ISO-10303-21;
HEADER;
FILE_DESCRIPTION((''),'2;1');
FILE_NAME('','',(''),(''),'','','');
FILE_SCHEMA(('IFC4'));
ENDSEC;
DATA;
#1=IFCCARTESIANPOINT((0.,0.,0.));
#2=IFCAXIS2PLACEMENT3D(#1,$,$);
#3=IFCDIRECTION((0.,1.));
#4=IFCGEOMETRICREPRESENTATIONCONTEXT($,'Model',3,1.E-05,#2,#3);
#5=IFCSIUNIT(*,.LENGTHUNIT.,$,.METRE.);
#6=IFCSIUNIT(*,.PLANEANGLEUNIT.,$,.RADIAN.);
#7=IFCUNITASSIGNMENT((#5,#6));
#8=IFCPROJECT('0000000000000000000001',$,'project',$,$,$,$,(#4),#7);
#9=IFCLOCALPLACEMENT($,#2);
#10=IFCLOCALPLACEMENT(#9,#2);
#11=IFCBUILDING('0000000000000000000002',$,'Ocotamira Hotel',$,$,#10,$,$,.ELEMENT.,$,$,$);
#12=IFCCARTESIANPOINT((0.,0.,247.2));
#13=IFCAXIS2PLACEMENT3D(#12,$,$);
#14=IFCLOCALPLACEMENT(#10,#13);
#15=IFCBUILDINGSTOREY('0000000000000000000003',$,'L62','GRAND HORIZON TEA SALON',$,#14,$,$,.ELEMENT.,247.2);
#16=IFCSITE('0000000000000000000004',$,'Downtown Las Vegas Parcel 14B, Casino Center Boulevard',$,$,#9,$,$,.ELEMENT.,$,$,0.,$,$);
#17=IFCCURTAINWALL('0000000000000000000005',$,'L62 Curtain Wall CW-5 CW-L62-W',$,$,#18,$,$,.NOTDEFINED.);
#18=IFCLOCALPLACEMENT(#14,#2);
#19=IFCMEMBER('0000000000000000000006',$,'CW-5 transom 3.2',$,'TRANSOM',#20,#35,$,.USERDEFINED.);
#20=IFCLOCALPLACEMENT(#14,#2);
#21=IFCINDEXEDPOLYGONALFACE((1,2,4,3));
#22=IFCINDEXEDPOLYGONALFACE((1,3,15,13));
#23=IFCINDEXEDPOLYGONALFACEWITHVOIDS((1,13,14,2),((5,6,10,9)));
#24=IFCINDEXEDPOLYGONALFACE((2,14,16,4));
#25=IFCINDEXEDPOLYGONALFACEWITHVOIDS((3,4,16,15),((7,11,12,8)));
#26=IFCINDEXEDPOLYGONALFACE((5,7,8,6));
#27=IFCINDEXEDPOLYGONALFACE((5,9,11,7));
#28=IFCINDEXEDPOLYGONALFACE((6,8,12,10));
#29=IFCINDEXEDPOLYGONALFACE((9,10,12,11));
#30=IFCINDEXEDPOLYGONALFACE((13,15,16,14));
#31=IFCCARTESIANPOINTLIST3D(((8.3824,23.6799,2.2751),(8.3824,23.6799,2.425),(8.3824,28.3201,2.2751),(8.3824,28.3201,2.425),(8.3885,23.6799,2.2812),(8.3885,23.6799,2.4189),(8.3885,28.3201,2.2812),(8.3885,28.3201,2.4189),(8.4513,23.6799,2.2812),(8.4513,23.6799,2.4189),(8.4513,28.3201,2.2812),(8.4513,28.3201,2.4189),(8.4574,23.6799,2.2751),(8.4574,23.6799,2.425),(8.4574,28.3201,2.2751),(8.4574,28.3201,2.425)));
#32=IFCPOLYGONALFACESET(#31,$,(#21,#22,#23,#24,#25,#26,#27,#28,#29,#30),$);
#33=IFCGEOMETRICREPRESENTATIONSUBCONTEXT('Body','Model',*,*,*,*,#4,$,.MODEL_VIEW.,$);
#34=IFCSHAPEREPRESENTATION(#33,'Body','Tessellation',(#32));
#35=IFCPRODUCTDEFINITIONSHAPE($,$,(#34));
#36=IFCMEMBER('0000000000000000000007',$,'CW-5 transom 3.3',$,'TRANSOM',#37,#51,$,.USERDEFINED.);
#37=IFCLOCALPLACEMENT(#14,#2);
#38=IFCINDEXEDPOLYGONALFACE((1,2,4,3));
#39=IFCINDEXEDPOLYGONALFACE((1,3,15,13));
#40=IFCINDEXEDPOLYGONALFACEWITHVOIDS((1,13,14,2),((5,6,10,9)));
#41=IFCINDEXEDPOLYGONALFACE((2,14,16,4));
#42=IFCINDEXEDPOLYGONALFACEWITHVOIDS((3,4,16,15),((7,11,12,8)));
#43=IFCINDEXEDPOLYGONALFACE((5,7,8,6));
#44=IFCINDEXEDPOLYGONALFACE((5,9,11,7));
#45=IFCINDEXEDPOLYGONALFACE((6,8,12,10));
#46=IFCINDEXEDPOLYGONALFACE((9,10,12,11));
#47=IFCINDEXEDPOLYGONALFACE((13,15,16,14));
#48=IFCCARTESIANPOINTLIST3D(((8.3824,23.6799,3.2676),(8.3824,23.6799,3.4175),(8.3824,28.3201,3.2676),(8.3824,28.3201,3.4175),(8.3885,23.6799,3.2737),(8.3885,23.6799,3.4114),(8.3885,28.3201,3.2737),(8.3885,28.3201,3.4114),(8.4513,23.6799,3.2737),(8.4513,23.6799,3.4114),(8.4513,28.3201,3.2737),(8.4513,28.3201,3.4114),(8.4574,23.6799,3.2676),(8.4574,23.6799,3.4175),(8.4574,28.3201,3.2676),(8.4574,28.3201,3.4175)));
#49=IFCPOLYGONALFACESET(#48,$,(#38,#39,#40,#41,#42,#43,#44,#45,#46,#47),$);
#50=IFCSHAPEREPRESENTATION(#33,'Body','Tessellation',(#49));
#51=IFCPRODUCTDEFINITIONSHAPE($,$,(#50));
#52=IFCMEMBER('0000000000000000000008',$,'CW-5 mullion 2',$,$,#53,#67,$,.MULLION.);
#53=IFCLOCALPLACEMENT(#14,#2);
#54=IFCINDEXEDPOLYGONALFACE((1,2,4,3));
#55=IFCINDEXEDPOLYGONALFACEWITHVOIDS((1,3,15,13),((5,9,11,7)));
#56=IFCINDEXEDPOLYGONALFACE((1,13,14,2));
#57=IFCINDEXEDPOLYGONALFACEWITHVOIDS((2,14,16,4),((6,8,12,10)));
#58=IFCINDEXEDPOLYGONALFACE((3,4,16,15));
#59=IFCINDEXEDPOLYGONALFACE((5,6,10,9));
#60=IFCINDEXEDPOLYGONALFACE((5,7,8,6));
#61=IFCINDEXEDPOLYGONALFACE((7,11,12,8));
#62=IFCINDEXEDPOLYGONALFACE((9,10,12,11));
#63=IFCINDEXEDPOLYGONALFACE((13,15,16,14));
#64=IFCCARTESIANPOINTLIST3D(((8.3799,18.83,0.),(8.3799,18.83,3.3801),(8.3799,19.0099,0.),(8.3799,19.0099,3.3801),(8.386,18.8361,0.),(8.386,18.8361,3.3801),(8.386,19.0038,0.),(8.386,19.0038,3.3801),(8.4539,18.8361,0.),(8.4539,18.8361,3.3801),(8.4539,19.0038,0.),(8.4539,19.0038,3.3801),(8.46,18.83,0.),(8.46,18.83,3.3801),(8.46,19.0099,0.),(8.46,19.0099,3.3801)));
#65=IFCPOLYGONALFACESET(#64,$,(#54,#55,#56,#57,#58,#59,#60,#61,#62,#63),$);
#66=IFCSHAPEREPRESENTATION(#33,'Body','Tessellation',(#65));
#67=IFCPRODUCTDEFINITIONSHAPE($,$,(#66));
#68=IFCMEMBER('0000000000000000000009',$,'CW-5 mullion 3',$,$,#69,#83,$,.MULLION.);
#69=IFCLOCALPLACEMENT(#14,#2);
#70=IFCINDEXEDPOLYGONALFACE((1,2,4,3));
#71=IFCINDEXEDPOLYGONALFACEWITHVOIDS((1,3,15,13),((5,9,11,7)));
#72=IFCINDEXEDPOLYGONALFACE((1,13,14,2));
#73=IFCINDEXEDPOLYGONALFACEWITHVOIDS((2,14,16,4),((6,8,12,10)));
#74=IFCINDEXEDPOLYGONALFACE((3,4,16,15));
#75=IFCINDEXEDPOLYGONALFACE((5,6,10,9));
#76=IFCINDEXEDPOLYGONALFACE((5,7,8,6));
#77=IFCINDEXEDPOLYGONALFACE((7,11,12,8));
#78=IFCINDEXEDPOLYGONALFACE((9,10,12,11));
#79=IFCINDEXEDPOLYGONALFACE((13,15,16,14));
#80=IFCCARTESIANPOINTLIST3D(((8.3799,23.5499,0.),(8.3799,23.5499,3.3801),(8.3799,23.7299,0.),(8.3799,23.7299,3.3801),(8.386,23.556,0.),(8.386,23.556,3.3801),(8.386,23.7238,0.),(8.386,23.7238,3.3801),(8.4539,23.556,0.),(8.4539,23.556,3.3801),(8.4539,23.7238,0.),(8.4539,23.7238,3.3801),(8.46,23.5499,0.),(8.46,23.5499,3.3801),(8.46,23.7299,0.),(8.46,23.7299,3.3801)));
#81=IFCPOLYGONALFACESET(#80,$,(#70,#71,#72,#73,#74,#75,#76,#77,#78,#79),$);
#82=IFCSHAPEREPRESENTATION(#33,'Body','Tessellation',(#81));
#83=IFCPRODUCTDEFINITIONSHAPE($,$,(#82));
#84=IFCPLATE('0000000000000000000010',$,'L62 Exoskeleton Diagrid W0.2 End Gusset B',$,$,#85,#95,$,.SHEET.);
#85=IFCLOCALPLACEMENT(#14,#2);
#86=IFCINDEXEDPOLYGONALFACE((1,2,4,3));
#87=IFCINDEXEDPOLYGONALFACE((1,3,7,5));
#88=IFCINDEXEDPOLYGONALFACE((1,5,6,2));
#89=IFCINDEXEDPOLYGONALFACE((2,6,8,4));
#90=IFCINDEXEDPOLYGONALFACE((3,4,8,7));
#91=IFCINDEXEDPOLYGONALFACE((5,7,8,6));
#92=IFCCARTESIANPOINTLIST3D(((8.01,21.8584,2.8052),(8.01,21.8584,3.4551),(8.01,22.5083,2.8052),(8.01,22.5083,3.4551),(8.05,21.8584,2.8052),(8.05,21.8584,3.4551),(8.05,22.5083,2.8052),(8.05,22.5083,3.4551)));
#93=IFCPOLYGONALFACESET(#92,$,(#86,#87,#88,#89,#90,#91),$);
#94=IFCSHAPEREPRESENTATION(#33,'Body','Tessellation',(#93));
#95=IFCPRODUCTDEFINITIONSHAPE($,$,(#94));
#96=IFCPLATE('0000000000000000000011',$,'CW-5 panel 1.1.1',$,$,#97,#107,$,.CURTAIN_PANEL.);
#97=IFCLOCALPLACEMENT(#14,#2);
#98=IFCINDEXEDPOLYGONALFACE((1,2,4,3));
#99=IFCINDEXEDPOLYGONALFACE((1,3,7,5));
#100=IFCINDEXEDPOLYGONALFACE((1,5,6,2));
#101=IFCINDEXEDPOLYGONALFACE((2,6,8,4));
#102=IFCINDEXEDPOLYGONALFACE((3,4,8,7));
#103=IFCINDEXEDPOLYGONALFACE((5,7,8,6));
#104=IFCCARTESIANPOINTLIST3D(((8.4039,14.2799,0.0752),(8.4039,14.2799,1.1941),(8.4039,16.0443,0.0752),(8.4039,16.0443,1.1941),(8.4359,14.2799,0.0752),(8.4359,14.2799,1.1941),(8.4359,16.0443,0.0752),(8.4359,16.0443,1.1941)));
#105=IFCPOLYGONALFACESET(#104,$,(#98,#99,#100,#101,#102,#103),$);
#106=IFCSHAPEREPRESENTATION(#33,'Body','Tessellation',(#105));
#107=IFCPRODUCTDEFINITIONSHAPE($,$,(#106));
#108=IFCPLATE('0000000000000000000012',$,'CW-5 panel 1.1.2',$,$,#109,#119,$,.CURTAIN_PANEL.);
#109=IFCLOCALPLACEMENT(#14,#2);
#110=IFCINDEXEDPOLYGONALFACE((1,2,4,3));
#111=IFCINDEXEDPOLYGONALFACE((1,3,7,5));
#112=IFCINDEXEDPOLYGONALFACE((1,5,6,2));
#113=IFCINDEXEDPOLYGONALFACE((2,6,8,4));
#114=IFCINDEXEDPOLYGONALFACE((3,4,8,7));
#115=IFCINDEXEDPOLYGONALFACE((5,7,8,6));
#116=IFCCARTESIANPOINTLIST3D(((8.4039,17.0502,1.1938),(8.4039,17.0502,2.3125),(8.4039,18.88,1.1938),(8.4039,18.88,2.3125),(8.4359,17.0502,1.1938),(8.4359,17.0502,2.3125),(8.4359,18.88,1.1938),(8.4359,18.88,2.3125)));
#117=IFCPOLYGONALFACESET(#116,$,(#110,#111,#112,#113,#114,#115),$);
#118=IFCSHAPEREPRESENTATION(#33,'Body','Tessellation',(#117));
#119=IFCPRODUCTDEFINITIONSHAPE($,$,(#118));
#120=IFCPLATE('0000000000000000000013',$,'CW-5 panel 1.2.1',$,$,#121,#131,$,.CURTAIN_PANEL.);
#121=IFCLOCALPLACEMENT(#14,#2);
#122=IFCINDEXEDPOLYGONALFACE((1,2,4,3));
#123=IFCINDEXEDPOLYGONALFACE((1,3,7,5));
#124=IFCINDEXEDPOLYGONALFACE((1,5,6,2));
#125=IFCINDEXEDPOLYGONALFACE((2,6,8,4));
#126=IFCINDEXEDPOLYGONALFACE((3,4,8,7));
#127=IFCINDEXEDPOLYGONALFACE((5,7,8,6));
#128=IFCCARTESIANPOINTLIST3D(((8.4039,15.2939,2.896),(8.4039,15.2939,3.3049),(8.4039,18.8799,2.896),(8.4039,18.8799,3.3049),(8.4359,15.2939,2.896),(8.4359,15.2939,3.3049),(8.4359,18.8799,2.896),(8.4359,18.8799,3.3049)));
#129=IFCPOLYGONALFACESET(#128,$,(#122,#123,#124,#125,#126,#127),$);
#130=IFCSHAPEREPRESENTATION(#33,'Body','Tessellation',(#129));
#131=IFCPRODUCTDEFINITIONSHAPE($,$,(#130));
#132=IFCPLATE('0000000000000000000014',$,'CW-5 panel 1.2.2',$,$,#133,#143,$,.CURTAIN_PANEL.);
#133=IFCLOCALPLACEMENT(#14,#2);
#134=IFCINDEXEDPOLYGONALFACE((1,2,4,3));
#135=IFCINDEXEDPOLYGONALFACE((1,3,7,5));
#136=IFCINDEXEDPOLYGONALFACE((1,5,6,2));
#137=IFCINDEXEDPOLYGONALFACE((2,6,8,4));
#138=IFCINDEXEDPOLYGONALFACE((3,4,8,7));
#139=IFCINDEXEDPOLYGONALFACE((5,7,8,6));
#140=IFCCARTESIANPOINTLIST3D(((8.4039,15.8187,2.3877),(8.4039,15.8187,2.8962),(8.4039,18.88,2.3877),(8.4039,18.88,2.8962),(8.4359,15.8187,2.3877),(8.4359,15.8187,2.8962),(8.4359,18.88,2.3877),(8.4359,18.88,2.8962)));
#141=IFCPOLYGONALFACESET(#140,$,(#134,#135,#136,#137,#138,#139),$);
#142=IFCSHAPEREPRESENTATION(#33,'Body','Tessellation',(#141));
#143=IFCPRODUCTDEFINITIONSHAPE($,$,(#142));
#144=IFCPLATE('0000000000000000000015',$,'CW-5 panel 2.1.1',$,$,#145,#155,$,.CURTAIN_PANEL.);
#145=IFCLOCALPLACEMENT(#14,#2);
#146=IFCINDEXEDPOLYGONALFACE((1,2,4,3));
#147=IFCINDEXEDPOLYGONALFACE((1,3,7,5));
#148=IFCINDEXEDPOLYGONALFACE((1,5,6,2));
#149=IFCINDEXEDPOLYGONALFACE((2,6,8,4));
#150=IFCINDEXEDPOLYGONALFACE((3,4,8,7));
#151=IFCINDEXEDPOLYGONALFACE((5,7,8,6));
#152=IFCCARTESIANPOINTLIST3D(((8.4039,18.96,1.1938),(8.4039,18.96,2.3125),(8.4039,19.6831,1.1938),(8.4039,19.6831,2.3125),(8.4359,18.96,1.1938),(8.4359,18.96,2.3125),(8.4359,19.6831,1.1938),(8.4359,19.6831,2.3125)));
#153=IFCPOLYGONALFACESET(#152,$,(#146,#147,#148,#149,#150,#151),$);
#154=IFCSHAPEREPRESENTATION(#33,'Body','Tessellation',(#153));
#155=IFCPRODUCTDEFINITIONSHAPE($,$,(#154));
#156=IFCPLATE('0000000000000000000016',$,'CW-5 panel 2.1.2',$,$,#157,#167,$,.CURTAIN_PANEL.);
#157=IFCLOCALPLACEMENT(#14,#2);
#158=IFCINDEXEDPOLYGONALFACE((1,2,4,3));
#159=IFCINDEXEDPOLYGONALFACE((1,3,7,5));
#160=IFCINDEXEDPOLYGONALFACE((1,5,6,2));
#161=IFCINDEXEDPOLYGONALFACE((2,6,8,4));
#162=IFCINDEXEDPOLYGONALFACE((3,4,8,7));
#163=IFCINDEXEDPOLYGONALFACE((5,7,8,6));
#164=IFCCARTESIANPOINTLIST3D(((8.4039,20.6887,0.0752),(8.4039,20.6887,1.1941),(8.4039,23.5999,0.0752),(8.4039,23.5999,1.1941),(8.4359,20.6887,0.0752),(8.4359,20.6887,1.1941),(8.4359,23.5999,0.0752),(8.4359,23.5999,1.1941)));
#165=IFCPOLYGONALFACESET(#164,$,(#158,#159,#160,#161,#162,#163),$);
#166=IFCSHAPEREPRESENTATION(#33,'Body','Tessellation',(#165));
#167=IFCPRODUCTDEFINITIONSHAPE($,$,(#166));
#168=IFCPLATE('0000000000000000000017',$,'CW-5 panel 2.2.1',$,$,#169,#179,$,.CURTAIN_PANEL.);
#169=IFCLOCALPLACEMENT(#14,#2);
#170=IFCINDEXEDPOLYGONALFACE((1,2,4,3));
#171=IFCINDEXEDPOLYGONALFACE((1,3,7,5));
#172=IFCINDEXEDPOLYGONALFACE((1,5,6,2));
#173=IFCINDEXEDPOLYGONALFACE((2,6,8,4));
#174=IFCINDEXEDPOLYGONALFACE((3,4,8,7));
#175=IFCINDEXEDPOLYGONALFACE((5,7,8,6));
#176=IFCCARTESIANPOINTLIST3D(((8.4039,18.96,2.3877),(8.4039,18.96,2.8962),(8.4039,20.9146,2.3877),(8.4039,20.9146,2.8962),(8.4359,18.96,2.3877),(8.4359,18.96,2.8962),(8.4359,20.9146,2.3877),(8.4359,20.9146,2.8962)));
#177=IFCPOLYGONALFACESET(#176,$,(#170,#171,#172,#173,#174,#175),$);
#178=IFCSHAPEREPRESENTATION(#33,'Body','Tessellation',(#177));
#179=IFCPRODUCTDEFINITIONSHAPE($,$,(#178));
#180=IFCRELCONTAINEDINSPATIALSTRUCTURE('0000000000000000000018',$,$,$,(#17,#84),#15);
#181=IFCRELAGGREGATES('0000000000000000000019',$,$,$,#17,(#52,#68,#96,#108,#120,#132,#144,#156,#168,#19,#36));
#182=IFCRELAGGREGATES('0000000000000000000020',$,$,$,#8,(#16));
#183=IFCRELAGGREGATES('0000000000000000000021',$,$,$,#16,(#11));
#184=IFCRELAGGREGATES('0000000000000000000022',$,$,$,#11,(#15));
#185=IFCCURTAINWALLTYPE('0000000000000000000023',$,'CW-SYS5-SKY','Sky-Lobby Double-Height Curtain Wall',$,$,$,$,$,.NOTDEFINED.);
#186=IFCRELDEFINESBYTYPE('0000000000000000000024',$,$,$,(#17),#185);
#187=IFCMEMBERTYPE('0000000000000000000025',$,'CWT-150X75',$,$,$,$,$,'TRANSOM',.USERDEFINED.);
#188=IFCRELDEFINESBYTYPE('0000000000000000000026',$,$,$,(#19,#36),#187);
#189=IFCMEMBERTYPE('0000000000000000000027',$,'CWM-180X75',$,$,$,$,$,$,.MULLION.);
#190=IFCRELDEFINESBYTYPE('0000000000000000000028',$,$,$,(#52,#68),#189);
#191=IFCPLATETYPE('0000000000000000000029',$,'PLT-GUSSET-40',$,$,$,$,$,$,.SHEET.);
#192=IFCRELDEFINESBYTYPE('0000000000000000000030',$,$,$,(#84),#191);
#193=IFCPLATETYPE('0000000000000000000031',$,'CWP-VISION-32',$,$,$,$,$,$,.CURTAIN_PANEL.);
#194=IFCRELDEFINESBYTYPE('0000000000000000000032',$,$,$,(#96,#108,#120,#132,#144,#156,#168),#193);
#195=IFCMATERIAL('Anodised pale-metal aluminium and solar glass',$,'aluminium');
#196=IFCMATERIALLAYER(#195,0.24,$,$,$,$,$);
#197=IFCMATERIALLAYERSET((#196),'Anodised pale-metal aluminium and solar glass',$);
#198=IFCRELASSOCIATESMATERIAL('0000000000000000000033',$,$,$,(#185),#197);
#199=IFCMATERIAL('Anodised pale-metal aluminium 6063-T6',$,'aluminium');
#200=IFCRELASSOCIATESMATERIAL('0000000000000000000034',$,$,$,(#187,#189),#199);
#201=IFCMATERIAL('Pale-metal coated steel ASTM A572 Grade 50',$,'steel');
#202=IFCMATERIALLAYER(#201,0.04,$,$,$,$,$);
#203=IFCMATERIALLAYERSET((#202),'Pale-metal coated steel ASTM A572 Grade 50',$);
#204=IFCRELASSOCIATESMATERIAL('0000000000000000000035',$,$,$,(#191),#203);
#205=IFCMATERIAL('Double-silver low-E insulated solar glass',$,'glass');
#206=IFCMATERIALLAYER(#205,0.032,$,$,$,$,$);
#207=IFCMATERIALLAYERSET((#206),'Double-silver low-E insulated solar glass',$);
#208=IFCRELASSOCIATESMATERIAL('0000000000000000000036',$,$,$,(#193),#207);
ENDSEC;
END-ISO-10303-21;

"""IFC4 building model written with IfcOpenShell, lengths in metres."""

from ifc_helpers import new_model, si_unit, direction, frame, origin, origin_2d, place, context, subcontext, project, spatial, rectangle, hollow_rectangle, extrude, source, transform, mapped, material, layer, layer_set, material_profile, profile_set, type_object, element, aggregate, save


model = new_model("IFC4")

# Units and contexts
model_context = context("Model", 3, precision=1e-05, world=origin(), true_north=direction((0.0, 1.0)))
body_context = subcontext(model_context, "Body", "Model", "MODEL_VIEW")
ifc_project = project(units=[si_unit("LENGTHUNIT", "METRE"), si_unit("PLANEANGLEUNIT", "RADIAN")], contexts=[model_context])

# Site, building, storey
site_placement = place(None, origin())
site = spatial("IfcSite", under=ifc_project, at=site_placement, Name="Downtown Las Vegas Parcel 14B, Casino Center Boulevard", CompositionType="ELEMENT", RefElevation=0.0)
building_placement = place(site_placement, origin())
building = spatial("IfcBuilding", under=site, at=building_placement, Name="Ocotamira Hotel", CompositionType="ELEMENT")
storey_placement = place(building_placement, frame((0.0, 0.0, 247.2)))
storey = spatial("IfcBuildingStorey", under=building, at=storey_placement, Name="L62", Description="GRAND HORIZON TEA SALON", CompositionType="ELEMENT", Elevation=247.2)

# Curtain wall, members
ifc_material_1 = material(Name="Anodised pale-metal aluminium and solar glass", Category="aluminium")
ifc_layer_1 = layer(ifc_material_1, 0.24)
ifc_layer_set_1 = layer_set([ifc_layer_1], Name="Anodised pale-metal aluminium and solar glass")
curtain_wall_type = type_object("IfcCurtainWallType", Name="CW-SYS5-SKY", Description="Sky-Lobby Double-Height Curtain Wall", PredefinedType="NOTDEFINED", material=ifc_layer_set_1)
curtain_wall_placement = place(storey_placement, origin())
curtain_wall = element("IfcCurtainWall", 1, at=curtain_wall_placement, inside=storey, type_object=curtain_wall_type, Name="L62 Curtain Wall CW-5 CW-L62-W", PredefinedType="NOTDEFINED")
ifc_material_2 = material(Name="Anodised pale-metal aluminium 6063-T6", Category="aluminium")
ifc_material_profile_1 = material_profile(ifc_material_2, hollow_rectangle(XDim=0.075, YDim=0.1499, WallThickness=0.0061, at=origin_2d()), Name="HSS150X75X6")
ifc_profile_set_1 = profile_set([ifc_material_profile_1], Name="Anodised pale-metal aluminium 6063-T6")
member_type_1 = type_object("IfcMemberType", Name="CWT-150X75", ElementType="TRANSOM", PredefinedType="USERDEFINED", material=ifc_profile_set_1)
shared_shape_1 = source(origin(), body_context, "Body", "SweptSolid", [
    extrude(hollow_rectangle(XDim=0.075, YDim=0.1499, WallThickness=0.0061, at=origin_2d()), origin(), (0.0, 0.0, 1.0), 4.6401),
])
member_1_placement = place(storey_placement, frame((8.4199, 23.6799, 2.3501), z_axis=(0.0, 1.0, 0.0), x_axis=(-1.0, 0.0, 0.0)))
member_1 = element("IfcMember", 2, at=member_1_placement, type_object=member_type_1, Name="CW-5 transom 3.2", ObjectType="TRANSOM", PredefinedType="USERDEFINED", context=body_context, shape_type="MappedRepresentation", body=[
    mapped(shared_shape_1, transform((0.0, 0.0, 0.0), scale=1.0)),
])
member_2_placement = place(storey_placement, frame((8.4199, 23.6799, 3.3425), z_axis=(0.0, 1.0, 0.0), x_axis=(-1.0, 0.0, 0.0)))
member_2 = element("IfcMember", 3, at=member_2_placement, type_object=member_type_1, Name="CW-5 transom 3.3", ObjectType="TRANSOM", PredefinedType="USERDEFINED", context=body_context, shape_type="MappedRepresentation", body=[
    mapped(shared_shape_1, transform((0.0, 0.0, 0.0), scale=1.0)),
])
ifc_material_profile_2 = material_profile(ifc_material_2, hollow_rectangle(XDim=0.0801, YDim=0.1799, WallThickness=0.0061, at=origin_2d()), Name="HSS180X80X6")
ifc_profile_set_2 = profile_set([ifc_material_profile_2], Name="Anodised pale-metal aluminium 6063-T6")
member_type_2 = type_object("IfcMemberType", Name="CWM-180X75", PredefinedType="MULLION", material=ifc_profile_set_2)
shared_shape_2 = source(origin(), body_context, "Body", "SweptSolid", [
    extrude(hollow_rectangle(XDim=0.0801, YDim=0.1799, WallThickness=0.0061, at=origin_2d()), origin(), (0.0, 0.0, 1.0), 3.3801),
])
member_3_placement = place(storey_placement, frame((8.4199, 18.9199, 0.0), z_axis=(0.0, 0.0, 1.0), x_axis=(-1.0, 0.0, 0.0)))
member_3 = element("IfcMember", 4, at=member_3_placement, type_object=member_type_2, Name="CW-5 mullion 2", PredefinedType="MULLION", context=body_context, shape_type="MappedRepresentation", body=[
    mapped(shared_shape_2, transform((0.0, 0.0, 0.0), scale=1.0)),
])
member_4_placement = place(storey_placement, frame((8.4199, 23.6399, 0.0), z_axis=(0.0, 0.0, 1.0), x_axis=(-1.0, 0.0, 0.0)))
member_4 = element("IfcMember", 5, at=member_4_placement, type_object=member_type_2, Name="CW-5 mullion 3", PredefinedType="MULLION", context=body_context, shape_type="MappedRepresentation", body=[
    mapped(shared_shape_2, transform((0.0, 0.0, 0.0), scale=1.0)),
])

# Plates
ifc_material_3 = material(Name="Pale-metal coated steel ASTM A572 Grade 50", Category="steel")
ifc_layer_2 = layer(ifc_material_3, 0.04)
ifc_layer_set_2 = layer_set([ifc_layer_2], Name="Pale-metal coated steel ASTM A572 Grade 50")
plate_type_1 = type_object("IfcPlateType", Name="PLT-GUSSET-40", PredefinedType="SHEET", material=ifc_layer_set_2)
shared_shape_3 = source(origin(), body_context, "Body", "SweptSolid", [
    extrude(rectangle(XDim=0.04, YDim=0.6499, at=origin_2d()), origin(), (0.0, 0.0, 1.0), 0.6499),
])
plate_1_placement = place(storey_placement, frame((8.03, 22.1833, 2.8052), z_axis=(0.0, 0.0, 1.0), x_axis=(1.0, 0.0, 0.0)))
element("IfcPlate", 6, at=plate_1_placement, inside=storey, type_object=plate_type_1, Name="L62 Exoskeleton Diagrid W0.2 End Gusset B", PredefinedType="SHEET", context=body_context, shape_type="MappedRepresentation", body=[
    mapped(shared_shape_3, transform((0.0, 0.0, 0.0), scale=1.0)),
])
ifc_material_4 = material(Name="Double-silver low-E insulated solar glass", Category="glass")
ifc_layer_3 = layer(ifc_material_4, 0.032)
ifc_layer_set_3 = layer_set([ifc_layer_3], Name="Double-silver low-E insulated solar glass")
plate_type_2 = type_object("IfcPlateType", Name="CWP-VISION-32", PredefinedType="CURTAIN_PANEL", material=ifc_layer_set_3)
shared_shape_4 = source(origin(), body_context, "Body", "SweptSolid", [
    extrude(rectangle(XDim=1.7644, YDim=0.032, at=origin_2d()), origin(), (0.0, 0.0, 1.0), 1.1189),
])
plate_2_placement = place(storey_placement, frame((8.4199, 15.1621, 0.0752), z_axis=(0.0, 0.0, 1.0), x_axis=(0.0, 1.0, 0.0)))
plate_2 = element("IfcPlate", 7, at=plate_2_placement, type_object=plate_type_2, Name="CW-5 panel 1.1.1", PredefinedType="CURTAIN_PANEL", context=body_context, shape_type="MappedRepresentation", body=[
    mapped(shared_shape_4, transform((0.0, 0.0, 0.0), scale=1.0)),
])
shared_shape_5 = source(origin(), body_context, "Body", "SweptSolid", [
    extrude(rectangle(XDim=1.8298, YDim=0.032, at=origin_2d()), origin(), (0.0, 0.0, 1.0), 1.1187),
])
plate_3_placement = place(storey_placement, frame((8.4199, 17.9651, 1.1938), z_axis=(0.0, 0.0, 1.0), x_axis=(0.0, 1.0, 0.0)))
plate_3 = element("IfcPlate", 8, at=plate_3_placement, type_object=plate_type_2, Name="CW-5 panel 1.1.2", PredefinedType="CURTAIN_PANEL", context=body_context, shape_type="MappedRepresentation", body=[
    mapped(shared_shape_5, transform((0.0, 0.0, 0.0), scale=1.0)),
])
shared_shape_6 = source(origin(), body_context, "Body", "SweptSolid", [
    extrude(rectangle(XDim=3.5859, YDim=0.032, at=origin_2d()), origin(), (0.0, 0.0, 1.0), 0.4089),
])
plate_4_placement = place(storey_placement, frame((8.4199, 17.0869, 2.896), z_axis=(0.0, 0.0, 1.0), x_axis=(0.0, 1.0, 0.0)))
plate_4 = element("IfcPlate", 9, at=plate_4_placement, type_object=plate_type_2, Name="CW-5 panel 1.2.1", PredefinedType="CURTAIN_PANEL", context=body_context, shape_type="MappedRepresentation", body=[
    mapped(shared_shape_6, transform((0.0, 0.0, 0.0), scale=1.0)),
])
shared_shape_7 = source(origin(), body_context, "Body", "SweptSolid", [
    extrude(rectangle(XDim=3.0613, YDim=0.032, at=origin_2d()), origin(), (0.0, 0.0, 1.0), 0.5085),
])
plate_5_placement = place(storey_placement, frame((8.4199, 17.3494, 2.3877), z_axis=(0.0, 0.0, 1.0), x_axis=(0.0, 1.0, 0.0)))
plate_5 = element("IfcPlate", 10, at=plate_5_placement, type_object=plate_type_2, Name="CW-5 panel 1.2.2", PredefinedType="CURTAIN_PANEL", context=body_context, shape_type="MappedRepresentation", body=[
    mapped(shared_shape_7, transform((0.0, 0.0, 0.0), scale=1.0)),
])
shared_shape_8 = source(origin(), body_context, "Body", "SweptSolid", [
    extrude(rectangle(XDim=0.7231, YDim=0.032, at=origin_2d()), origin(), (0.0, 0.0, 1.0), 1.1187),
])
plate_6_placement = place(storey_placement, frame((8.4199, 19.3215, 1.1938), z_axis=(0.0, 0.0, 1.0), x_axis=(0.0, 1.0, 0.0)))
plate_6 = element("IfcPlate", 11, at=plate_6_placement, type_object=plate_type_2, Name="CW-5 panel 2.1.1", PredefinedType="CURTAIN_PANEL", context=body_context, shape_type="MappedRepresentation", body=[
    mapped(shared_shape_8, transform((0.0, 0.0, 0.0), scale=1.0)),
])
shared_shape_9 = source(origin(), body_context, "Body", "SweptSolid", [
    extrude(rectangle(XDim=2.9111, YDim=0.032, at=origin_2d()), origin(), (0.0, 0.0, 1.0), 1.1189),
])
plate_7_placement = place(storey_placement, frame((8.4199, 22.1443, 0.0752), z_axis=(0.0, 0.0, 1.0), x_axis=(0.0, 1.0, 0.0)))
plate_7 = element("IfcPlate", 12, at=plate_7_placement, type_object=plate_type_2, Name="CW-5 panel 2.1.2", PredefinedType="CURTAIN_PANEL", context=body_context, shape_type="MappedRepresentation", body=[
    mapped(shared_shape_9, transform((0.0, 0.0, 0.0), scale=1.0)),
])
shared_shape_10 = source(origin(), body_context, "Body", "SweptSolid", [
    extrude(rectangle(XDim=1.9546, YDim=0.032, at=origin_2d()), origin(), (0.0, 0.0, 1.0), 0.5085),
])
plate_8_placement = place(storey_placement, frame((8.4199, 19.9373, 2.3877), z_axis=(0.0, 0.0, 1.0), x_axis=(0.0, 1.0, 0.0)))
plate_8 = element("IfcPlate", 13, at=plate_8_placement, type_object=plate_type_2, Name="CW-5 panel 2.2.1", PredefinedType="CURTAIN_PANEL", context=body_context, shape_type="MappedRepresentation", body=[
    mapped(shared_shape_10, transform((0.0, 0.0, 0.0), scale=1.0)),
])
aggregate(curtain_wall, [member_3, member_4, plate_2, plate_3, plate_4, plate_5, plate_6, plate_7, plate_8, member_1, member_2])

save(model, "model.ifc")
